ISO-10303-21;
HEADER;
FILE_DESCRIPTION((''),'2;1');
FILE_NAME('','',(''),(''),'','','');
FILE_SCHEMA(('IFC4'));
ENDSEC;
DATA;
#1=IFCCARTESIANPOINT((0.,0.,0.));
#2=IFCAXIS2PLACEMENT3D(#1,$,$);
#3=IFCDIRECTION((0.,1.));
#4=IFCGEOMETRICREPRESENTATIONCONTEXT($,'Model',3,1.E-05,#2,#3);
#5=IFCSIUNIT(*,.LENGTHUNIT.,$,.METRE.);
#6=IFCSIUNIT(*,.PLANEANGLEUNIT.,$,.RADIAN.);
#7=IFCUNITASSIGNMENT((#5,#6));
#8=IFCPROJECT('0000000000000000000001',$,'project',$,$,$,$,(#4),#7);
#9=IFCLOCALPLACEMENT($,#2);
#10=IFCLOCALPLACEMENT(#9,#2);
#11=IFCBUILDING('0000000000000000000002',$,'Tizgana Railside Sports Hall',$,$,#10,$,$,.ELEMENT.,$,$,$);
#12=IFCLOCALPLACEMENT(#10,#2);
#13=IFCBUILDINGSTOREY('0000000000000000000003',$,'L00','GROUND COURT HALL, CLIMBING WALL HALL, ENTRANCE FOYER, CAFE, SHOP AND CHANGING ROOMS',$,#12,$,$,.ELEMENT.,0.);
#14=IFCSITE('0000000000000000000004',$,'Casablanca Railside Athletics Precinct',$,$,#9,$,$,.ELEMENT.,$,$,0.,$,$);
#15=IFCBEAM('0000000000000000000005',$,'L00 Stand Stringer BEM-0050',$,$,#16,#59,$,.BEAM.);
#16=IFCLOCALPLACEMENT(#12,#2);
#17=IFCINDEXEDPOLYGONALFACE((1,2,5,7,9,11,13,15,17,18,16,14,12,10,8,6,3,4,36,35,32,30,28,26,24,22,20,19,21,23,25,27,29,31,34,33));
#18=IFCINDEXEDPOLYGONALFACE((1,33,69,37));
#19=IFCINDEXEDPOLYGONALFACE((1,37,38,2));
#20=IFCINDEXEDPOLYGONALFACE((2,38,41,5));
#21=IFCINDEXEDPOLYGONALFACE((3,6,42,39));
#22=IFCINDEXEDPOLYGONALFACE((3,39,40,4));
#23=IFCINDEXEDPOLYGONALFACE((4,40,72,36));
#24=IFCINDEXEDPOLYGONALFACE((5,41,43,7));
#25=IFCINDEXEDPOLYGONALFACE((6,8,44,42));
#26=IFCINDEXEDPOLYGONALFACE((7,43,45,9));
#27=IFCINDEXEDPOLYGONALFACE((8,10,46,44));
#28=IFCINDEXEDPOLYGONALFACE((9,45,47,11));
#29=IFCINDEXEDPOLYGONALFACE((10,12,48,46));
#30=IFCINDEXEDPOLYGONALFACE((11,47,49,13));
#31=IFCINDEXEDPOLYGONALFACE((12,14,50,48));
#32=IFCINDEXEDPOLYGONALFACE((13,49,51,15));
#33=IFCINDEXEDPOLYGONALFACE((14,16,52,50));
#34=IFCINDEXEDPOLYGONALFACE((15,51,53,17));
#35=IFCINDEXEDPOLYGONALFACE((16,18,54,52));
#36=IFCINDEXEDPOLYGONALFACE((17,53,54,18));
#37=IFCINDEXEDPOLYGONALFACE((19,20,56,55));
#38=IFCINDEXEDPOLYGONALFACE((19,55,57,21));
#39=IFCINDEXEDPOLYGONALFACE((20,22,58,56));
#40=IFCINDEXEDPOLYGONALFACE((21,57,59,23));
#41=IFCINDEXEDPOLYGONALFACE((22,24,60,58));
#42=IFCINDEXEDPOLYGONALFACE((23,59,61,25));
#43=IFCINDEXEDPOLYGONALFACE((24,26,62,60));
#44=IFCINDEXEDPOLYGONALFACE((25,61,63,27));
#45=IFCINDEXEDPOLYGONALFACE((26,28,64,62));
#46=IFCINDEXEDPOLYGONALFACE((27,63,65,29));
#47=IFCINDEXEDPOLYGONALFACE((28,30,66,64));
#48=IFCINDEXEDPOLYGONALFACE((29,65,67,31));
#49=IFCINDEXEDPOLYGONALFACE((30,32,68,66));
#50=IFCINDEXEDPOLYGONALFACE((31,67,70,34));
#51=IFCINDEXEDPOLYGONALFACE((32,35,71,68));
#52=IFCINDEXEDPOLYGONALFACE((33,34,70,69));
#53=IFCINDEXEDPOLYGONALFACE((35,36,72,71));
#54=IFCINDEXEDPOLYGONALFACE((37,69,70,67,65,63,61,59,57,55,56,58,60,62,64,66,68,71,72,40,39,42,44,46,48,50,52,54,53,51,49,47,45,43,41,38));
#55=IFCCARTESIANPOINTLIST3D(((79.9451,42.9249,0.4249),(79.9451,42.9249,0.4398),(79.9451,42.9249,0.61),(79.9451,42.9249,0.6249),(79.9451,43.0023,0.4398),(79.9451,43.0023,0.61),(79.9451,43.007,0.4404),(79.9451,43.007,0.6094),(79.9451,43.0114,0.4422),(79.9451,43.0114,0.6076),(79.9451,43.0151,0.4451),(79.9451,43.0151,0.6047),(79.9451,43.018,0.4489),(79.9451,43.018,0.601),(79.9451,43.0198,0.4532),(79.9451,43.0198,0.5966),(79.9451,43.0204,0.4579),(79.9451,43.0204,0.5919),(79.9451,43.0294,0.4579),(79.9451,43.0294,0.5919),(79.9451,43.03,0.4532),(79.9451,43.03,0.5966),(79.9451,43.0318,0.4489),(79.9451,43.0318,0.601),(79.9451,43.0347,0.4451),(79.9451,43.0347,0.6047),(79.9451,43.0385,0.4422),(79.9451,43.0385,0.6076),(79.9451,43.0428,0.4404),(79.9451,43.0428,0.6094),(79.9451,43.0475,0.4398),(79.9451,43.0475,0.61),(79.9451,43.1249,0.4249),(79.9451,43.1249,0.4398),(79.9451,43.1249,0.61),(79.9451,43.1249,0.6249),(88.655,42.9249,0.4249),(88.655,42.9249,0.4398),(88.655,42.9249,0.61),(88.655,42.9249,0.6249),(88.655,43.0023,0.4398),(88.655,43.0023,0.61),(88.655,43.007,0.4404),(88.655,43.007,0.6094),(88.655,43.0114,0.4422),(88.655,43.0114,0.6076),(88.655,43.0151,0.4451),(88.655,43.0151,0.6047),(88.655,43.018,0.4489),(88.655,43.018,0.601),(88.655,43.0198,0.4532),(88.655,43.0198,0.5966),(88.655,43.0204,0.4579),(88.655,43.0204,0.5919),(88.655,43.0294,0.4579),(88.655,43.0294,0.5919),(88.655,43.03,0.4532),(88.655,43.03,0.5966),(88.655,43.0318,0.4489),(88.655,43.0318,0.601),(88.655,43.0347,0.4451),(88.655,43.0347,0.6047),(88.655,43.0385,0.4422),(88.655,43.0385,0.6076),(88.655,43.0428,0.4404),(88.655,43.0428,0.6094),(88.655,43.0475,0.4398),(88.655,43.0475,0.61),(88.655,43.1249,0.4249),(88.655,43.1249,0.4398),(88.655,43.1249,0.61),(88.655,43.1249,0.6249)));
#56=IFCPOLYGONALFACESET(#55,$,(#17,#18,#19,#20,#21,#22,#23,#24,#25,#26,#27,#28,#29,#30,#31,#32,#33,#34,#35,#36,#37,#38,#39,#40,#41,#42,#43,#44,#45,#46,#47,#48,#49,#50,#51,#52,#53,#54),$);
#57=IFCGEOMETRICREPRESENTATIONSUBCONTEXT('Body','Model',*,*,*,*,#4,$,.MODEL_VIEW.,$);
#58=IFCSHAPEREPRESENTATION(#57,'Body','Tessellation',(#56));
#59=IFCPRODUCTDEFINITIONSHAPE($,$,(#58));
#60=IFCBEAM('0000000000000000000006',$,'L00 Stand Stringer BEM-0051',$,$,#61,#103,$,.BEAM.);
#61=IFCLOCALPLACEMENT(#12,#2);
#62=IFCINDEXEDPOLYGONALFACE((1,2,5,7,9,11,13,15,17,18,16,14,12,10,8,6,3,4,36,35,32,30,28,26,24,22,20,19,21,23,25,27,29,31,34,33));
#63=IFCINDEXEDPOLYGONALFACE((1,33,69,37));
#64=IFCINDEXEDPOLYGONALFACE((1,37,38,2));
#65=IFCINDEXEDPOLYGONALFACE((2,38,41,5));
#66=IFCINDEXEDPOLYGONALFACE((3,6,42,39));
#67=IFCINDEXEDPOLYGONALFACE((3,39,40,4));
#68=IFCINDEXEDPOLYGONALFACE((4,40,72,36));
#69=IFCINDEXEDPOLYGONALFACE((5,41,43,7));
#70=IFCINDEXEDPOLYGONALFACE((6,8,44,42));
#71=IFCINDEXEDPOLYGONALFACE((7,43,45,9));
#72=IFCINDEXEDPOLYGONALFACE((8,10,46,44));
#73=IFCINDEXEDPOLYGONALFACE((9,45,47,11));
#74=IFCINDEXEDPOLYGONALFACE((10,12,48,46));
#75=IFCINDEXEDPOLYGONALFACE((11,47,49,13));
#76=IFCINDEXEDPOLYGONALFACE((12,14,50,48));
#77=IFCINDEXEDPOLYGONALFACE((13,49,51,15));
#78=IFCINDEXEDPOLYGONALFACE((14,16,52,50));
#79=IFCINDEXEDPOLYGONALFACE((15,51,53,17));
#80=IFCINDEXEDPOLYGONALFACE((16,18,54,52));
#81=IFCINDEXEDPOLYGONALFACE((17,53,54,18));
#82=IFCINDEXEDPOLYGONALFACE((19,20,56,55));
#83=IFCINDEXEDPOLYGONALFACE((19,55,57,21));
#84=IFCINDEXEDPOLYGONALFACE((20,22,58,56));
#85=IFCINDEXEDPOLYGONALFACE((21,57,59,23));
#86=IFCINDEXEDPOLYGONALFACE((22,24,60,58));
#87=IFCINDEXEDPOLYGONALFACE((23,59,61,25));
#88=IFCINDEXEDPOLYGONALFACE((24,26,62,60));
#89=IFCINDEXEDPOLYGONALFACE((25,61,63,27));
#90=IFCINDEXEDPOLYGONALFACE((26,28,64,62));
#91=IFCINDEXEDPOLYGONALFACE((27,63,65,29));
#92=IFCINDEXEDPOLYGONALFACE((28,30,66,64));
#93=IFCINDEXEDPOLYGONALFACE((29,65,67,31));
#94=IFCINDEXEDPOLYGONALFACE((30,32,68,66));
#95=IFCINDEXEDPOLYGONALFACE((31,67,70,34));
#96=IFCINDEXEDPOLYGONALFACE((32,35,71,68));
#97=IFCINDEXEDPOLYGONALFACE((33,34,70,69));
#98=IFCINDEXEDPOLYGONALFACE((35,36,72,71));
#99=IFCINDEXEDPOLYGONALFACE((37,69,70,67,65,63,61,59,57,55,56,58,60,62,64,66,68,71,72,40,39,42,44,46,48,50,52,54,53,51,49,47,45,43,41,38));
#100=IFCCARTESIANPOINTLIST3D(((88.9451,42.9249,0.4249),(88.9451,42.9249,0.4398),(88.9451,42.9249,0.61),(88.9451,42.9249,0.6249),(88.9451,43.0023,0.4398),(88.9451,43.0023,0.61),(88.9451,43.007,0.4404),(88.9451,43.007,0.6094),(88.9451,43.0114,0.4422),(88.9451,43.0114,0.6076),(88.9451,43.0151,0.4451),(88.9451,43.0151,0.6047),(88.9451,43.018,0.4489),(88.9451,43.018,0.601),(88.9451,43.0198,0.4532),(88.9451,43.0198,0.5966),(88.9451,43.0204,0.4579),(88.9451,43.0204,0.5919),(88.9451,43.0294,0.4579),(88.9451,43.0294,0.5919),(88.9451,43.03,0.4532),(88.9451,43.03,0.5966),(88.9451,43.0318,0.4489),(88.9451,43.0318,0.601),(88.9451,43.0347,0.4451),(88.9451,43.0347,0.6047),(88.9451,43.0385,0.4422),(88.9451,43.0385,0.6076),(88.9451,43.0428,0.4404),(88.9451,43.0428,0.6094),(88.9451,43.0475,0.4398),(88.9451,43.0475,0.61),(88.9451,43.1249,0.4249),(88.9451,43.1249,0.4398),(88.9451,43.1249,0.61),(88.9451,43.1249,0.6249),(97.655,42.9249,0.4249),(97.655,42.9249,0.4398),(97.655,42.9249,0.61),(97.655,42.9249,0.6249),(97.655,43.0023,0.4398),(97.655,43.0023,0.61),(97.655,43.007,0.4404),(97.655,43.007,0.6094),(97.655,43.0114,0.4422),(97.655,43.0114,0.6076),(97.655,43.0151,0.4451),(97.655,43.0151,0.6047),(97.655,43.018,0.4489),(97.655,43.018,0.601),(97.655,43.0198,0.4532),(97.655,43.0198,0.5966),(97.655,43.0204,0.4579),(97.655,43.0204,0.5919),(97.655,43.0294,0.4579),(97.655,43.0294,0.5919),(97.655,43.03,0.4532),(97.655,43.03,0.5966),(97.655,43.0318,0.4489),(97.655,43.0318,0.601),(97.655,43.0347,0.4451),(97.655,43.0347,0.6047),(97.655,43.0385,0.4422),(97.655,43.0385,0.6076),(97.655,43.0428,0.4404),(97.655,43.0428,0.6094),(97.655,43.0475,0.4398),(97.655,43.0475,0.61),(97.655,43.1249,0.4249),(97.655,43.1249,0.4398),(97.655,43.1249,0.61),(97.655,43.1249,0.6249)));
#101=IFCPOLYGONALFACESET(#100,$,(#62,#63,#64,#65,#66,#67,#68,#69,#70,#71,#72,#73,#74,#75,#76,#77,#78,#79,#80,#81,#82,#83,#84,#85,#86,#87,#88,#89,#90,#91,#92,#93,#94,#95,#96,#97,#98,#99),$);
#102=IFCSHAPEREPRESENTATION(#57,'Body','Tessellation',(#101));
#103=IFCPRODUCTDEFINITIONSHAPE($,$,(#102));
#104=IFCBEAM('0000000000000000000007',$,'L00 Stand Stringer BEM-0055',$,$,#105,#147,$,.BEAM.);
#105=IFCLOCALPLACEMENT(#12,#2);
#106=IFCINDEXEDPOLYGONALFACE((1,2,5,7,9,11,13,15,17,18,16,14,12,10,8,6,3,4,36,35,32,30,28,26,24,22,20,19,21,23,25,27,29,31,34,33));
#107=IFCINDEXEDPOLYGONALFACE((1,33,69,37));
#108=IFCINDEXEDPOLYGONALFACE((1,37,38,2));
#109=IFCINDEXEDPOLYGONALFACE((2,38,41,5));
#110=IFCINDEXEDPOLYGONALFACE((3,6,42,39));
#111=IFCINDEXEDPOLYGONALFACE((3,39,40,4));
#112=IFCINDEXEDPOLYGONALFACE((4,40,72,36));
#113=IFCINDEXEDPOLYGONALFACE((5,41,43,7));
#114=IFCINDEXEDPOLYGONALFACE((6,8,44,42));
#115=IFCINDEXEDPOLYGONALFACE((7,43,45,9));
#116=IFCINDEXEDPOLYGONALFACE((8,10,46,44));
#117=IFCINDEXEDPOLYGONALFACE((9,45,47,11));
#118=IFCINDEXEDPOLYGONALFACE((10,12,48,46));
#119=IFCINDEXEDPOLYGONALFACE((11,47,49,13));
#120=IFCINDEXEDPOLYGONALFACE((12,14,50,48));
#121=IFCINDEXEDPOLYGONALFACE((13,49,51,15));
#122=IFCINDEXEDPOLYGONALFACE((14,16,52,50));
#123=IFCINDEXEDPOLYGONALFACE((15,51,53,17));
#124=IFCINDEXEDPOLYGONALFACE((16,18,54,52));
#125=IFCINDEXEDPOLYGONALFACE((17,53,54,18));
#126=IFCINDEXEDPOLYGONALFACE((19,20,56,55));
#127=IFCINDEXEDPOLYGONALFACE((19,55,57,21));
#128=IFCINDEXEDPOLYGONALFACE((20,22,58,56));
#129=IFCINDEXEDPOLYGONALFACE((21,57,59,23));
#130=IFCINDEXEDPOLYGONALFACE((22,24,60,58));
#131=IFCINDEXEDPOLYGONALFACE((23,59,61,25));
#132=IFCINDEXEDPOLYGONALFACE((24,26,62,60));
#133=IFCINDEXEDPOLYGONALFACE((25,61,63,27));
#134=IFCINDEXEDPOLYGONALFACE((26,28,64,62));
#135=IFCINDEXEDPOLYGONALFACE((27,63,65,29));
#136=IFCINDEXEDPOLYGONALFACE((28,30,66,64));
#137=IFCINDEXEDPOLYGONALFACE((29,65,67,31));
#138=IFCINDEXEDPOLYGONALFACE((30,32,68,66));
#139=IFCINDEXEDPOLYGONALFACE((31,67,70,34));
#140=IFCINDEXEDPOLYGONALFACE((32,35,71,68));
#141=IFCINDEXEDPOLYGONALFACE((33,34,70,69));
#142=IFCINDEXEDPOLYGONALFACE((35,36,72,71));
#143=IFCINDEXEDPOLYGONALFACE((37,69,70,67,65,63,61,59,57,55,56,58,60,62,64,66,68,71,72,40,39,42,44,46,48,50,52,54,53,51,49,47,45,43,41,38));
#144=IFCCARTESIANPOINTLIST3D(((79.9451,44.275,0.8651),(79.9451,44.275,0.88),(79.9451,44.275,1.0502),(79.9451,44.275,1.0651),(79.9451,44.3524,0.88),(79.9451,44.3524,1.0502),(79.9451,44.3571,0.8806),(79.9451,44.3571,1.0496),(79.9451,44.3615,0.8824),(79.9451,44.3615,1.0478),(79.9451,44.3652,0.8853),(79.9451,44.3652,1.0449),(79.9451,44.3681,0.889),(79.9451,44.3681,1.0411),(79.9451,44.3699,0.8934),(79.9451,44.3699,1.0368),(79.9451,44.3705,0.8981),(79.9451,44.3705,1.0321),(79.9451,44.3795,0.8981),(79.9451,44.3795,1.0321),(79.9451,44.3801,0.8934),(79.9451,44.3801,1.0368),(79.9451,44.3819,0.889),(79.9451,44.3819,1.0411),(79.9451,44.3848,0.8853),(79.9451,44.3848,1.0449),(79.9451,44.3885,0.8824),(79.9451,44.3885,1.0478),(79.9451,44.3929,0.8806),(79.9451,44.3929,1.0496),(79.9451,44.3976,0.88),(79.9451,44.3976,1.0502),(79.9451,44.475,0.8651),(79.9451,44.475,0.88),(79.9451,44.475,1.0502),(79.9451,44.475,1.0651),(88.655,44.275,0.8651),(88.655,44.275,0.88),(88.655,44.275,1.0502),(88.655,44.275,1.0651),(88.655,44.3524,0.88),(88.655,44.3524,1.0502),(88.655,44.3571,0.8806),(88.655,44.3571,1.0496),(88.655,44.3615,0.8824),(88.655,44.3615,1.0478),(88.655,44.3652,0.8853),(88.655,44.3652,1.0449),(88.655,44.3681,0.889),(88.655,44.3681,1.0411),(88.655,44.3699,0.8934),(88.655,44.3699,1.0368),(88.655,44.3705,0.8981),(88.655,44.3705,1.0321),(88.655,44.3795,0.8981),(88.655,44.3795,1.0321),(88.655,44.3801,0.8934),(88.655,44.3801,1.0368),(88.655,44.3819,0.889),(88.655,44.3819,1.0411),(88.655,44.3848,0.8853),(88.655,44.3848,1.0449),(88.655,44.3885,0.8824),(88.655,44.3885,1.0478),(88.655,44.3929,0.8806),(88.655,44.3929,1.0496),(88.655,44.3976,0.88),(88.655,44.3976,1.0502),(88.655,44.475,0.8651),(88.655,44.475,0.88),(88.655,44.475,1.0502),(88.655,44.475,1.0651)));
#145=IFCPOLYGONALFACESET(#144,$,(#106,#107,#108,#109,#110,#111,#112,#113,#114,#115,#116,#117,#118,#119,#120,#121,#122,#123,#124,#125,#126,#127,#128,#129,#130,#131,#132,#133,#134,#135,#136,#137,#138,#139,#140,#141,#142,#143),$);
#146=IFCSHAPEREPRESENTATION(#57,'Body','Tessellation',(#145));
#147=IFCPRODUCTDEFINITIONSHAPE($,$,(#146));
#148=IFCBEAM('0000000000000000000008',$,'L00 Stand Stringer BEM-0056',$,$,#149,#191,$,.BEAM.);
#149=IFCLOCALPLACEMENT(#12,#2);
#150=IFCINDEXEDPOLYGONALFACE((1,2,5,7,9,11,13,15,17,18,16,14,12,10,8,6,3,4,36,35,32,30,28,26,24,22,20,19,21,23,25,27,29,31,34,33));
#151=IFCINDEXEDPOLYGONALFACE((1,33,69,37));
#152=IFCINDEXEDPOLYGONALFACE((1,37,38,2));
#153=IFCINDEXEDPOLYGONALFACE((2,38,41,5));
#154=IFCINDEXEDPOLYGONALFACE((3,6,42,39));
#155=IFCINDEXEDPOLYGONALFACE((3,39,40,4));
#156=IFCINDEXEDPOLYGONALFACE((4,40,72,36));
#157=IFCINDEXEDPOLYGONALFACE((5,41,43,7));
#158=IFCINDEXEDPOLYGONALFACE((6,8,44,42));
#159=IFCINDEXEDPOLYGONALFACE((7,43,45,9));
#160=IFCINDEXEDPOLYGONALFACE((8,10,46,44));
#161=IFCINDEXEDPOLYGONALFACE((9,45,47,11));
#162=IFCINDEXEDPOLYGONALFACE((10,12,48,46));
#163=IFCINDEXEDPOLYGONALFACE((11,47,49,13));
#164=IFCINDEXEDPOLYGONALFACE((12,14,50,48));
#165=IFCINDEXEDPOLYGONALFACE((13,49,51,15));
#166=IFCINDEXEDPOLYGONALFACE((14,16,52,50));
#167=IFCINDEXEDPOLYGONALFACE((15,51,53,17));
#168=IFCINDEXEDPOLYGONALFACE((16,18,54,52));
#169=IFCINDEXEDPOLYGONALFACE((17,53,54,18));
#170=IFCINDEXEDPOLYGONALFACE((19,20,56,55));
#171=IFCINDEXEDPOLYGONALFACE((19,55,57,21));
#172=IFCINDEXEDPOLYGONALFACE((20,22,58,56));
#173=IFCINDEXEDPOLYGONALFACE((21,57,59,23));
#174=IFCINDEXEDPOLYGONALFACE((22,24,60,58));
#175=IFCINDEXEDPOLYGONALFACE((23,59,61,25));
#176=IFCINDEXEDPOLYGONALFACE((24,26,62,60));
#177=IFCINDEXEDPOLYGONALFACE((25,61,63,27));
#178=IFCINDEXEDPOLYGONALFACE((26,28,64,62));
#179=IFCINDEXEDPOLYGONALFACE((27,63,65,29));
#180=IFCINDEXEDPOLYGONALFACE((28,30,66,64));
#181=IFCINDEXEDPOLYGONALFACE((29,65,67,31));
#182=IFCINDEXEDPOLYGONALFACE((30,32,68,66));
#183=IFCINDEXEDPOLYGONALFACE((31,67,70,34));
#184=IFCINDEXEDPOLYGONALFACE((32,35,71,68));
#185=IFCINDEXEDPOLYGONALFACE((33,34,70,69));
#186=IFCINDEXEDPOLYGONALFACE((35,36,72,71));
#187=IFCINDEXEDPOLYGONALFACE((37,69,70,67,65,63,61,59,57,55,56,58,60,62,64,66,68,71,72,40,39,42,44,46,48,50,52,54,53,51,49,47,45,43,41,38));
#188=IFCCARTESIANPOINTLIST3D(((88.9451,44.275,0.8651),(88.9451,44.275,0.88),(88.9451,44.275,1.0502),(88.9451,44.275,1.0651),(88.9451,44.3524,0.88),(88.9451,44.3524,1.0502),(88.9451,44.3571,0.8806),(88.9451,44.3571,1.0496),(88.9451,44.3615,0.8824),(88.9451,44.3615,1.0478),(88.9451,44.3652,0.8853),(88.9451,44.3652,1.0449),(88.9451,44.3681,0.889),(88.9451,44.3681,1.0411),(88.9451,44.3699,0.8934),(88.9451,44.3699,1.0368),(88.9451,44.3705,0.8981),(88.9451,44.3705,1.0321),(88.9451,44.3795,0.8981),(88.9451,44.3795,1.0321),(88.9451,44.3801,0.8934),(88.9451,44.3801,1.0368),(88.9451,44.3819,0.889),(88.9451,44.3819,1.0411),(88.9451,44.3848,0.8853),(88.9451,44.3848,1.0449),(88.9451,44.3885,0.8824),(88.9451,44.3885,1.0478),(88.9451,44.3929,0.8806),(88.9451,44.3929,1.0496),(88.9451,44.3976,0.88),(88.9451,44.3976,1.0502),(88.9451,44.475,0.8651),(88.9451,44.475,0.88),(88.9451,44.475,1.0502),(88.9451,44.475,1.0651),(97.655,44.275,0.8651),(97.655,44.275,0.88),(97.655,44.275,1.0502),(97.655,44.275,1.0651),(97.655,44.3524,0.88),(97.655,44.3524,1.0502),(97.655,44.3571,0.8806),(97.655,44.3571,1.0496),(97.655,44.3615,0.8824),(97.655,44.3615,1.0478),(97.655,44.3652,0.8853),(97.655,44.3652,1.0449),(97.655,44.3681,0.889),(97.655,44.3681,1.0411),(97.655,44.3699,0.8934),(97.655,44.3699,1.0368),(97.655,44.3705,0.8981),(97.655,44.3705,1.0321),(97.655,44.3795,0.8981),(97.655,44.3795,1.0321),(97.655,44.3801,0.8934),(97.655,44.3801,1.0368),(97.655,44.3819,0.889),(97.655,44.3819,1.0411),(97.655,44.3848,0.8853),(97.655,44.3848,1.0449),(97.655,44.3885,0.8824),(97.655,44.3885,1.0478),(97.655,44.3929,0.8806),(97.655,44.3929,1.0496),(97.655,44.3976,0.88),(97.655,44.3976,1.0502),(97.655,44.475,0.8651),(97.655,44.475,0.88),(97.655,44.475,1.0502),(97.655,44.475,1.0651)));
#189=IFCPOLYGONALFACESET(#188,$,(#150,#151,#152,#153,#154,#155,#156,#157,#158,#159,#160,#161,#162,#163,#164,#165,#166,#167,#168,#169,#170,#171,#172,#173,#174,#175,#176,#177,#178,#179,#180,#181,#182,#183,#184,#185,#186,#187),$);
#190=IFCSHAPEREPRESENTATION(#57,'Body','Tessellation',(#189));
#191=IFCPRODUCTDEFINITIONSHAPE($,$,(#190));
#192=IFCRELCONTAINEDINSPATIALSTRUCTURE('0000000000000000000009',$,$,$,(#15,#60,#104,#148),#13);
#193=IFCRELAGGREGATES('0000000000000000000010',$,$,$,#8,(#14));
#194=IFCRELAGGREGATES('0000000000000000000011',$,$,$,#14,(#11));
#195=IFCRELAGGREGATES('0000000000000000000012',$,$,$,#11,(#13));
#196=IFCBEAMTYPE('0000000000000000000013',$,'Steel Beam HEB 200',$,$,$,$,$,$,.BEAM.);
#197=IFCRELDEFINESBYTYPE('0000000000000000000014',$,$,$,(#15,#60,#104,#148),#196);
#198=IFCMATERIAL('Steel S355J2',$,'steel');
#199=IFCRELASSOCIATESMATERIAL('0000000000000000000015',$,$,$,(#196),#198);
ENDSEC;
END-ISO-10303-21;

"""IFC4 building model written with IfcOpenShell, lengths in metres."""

from ifc_helpers import new_model, si_unit, direction, frame, origin, origin_2d, place, context, subcontext, project, spatial, i_section, extrude, material, material_profile, profile_set, type_object, element, save


model = new_model("IFC4")

# Units and contexts
model_context = context("Model", 3, precision=1e-05, world=origin(), true_north=direction((0.0, 1.0)))
body_context = subcontext(model_context, "Body", "Model", "MODEL_VIEW")
ifc_project = project(units=[si_unit("LENGTHUNIT", "METRE"), si_unit("PLANEANGLEUNIT", "RADIAN")], contexts=[model_context])

# Site, building, storey
site_placement = place(None, origin())
site = spatial("IfcSite", under=ifc_project, at=site_placement, Name="Casablanca Railside Athletics Precinct", CompositionType="ELEMENT", RefElevation=0.0)
building_placement = place(site_placement, origin())
building = spatial("IfcBuilding", under=site, at=building_placement, Name="Tizgana Railside Sports Hall", CompositionType="ELEMENT")
storey_placement = place(building_placement, origin())
storey = spatial("IfcBuildingStorey", under=building, at=storey_placement, Name="L00", Description="GROUND COURT HALL, CLIMBING WALL HALL, ENTRANCE FOYER, CAFE, SHOP AND CHANGING ROOMS", CompositionType="ELEMENT", Elevation=0.0)

# Beams
ifc_material_1 = material(Name="Steel S355J2", Category="steel")
ifc_material_profile_1 = material_profile(ifc_material_1, i_section(OverallWidth=0.2, OverallDepth=0.2, WebThickness=0.009, FlangeThickness=0.0149, FilletRadius=0.0181, at=origin_2d()), Name="HEB 200")
ifc_profile_set_1 = profile_set([ifc_material_profile_1], Name="Steel S355J2")
beam_type_1 = type_object("IfcBeamType", Name="Steel Beam HEB 200", PredefinedType="BEAM", material=ifc_profile_set_1)
for number, where, z_axis, x_axis, name in (
    (1, (79.9451, 43.0249, 0.5249), (1.0, 0.0, 0.0), (0.0, 1.0, 0.0), "L00 Stand Stringer BEM-0050"),
    (2, (88.9451, 43.0249, 0.5249), (1.0, 0.0, 0.0), (0.0, 1.0, 0.0), "L00 Stand Stringer BEM-0051"),
    (3, (79.9451, 44.375, 0.9651), (1.0, 0.0, 0.0), (0.0, 1.0, 0.0), "L00 Stand Stringer BEM-0055"),
    (4, (88.9451, 44.375, 0.9651), (1.0, 0.0, 0.0), (0.0, 1.0, 0.0), "L00 Stand Stringer BEM-0056"),
):
    element("IfcBeam", number, at=place(storey_placement, frame(where, z_axis=z_axis, x_axis=x_axis)), inside=storey, type_object=beam_type_1, Name=name, PredefinedType="BEAM", context=body_context, shape_type="SweptSolid", body=[
        extrude(i_section(OverallWidth=0.2, OverallDepth=0.2, WebThickness=0.009, FlangeThickness=0.0149, FilletRadius=0.0181, at=origin_2d()), origin(), (0.0, 0.0, 1.0), 8.71),
    ])

save(model, "model.ifc")
